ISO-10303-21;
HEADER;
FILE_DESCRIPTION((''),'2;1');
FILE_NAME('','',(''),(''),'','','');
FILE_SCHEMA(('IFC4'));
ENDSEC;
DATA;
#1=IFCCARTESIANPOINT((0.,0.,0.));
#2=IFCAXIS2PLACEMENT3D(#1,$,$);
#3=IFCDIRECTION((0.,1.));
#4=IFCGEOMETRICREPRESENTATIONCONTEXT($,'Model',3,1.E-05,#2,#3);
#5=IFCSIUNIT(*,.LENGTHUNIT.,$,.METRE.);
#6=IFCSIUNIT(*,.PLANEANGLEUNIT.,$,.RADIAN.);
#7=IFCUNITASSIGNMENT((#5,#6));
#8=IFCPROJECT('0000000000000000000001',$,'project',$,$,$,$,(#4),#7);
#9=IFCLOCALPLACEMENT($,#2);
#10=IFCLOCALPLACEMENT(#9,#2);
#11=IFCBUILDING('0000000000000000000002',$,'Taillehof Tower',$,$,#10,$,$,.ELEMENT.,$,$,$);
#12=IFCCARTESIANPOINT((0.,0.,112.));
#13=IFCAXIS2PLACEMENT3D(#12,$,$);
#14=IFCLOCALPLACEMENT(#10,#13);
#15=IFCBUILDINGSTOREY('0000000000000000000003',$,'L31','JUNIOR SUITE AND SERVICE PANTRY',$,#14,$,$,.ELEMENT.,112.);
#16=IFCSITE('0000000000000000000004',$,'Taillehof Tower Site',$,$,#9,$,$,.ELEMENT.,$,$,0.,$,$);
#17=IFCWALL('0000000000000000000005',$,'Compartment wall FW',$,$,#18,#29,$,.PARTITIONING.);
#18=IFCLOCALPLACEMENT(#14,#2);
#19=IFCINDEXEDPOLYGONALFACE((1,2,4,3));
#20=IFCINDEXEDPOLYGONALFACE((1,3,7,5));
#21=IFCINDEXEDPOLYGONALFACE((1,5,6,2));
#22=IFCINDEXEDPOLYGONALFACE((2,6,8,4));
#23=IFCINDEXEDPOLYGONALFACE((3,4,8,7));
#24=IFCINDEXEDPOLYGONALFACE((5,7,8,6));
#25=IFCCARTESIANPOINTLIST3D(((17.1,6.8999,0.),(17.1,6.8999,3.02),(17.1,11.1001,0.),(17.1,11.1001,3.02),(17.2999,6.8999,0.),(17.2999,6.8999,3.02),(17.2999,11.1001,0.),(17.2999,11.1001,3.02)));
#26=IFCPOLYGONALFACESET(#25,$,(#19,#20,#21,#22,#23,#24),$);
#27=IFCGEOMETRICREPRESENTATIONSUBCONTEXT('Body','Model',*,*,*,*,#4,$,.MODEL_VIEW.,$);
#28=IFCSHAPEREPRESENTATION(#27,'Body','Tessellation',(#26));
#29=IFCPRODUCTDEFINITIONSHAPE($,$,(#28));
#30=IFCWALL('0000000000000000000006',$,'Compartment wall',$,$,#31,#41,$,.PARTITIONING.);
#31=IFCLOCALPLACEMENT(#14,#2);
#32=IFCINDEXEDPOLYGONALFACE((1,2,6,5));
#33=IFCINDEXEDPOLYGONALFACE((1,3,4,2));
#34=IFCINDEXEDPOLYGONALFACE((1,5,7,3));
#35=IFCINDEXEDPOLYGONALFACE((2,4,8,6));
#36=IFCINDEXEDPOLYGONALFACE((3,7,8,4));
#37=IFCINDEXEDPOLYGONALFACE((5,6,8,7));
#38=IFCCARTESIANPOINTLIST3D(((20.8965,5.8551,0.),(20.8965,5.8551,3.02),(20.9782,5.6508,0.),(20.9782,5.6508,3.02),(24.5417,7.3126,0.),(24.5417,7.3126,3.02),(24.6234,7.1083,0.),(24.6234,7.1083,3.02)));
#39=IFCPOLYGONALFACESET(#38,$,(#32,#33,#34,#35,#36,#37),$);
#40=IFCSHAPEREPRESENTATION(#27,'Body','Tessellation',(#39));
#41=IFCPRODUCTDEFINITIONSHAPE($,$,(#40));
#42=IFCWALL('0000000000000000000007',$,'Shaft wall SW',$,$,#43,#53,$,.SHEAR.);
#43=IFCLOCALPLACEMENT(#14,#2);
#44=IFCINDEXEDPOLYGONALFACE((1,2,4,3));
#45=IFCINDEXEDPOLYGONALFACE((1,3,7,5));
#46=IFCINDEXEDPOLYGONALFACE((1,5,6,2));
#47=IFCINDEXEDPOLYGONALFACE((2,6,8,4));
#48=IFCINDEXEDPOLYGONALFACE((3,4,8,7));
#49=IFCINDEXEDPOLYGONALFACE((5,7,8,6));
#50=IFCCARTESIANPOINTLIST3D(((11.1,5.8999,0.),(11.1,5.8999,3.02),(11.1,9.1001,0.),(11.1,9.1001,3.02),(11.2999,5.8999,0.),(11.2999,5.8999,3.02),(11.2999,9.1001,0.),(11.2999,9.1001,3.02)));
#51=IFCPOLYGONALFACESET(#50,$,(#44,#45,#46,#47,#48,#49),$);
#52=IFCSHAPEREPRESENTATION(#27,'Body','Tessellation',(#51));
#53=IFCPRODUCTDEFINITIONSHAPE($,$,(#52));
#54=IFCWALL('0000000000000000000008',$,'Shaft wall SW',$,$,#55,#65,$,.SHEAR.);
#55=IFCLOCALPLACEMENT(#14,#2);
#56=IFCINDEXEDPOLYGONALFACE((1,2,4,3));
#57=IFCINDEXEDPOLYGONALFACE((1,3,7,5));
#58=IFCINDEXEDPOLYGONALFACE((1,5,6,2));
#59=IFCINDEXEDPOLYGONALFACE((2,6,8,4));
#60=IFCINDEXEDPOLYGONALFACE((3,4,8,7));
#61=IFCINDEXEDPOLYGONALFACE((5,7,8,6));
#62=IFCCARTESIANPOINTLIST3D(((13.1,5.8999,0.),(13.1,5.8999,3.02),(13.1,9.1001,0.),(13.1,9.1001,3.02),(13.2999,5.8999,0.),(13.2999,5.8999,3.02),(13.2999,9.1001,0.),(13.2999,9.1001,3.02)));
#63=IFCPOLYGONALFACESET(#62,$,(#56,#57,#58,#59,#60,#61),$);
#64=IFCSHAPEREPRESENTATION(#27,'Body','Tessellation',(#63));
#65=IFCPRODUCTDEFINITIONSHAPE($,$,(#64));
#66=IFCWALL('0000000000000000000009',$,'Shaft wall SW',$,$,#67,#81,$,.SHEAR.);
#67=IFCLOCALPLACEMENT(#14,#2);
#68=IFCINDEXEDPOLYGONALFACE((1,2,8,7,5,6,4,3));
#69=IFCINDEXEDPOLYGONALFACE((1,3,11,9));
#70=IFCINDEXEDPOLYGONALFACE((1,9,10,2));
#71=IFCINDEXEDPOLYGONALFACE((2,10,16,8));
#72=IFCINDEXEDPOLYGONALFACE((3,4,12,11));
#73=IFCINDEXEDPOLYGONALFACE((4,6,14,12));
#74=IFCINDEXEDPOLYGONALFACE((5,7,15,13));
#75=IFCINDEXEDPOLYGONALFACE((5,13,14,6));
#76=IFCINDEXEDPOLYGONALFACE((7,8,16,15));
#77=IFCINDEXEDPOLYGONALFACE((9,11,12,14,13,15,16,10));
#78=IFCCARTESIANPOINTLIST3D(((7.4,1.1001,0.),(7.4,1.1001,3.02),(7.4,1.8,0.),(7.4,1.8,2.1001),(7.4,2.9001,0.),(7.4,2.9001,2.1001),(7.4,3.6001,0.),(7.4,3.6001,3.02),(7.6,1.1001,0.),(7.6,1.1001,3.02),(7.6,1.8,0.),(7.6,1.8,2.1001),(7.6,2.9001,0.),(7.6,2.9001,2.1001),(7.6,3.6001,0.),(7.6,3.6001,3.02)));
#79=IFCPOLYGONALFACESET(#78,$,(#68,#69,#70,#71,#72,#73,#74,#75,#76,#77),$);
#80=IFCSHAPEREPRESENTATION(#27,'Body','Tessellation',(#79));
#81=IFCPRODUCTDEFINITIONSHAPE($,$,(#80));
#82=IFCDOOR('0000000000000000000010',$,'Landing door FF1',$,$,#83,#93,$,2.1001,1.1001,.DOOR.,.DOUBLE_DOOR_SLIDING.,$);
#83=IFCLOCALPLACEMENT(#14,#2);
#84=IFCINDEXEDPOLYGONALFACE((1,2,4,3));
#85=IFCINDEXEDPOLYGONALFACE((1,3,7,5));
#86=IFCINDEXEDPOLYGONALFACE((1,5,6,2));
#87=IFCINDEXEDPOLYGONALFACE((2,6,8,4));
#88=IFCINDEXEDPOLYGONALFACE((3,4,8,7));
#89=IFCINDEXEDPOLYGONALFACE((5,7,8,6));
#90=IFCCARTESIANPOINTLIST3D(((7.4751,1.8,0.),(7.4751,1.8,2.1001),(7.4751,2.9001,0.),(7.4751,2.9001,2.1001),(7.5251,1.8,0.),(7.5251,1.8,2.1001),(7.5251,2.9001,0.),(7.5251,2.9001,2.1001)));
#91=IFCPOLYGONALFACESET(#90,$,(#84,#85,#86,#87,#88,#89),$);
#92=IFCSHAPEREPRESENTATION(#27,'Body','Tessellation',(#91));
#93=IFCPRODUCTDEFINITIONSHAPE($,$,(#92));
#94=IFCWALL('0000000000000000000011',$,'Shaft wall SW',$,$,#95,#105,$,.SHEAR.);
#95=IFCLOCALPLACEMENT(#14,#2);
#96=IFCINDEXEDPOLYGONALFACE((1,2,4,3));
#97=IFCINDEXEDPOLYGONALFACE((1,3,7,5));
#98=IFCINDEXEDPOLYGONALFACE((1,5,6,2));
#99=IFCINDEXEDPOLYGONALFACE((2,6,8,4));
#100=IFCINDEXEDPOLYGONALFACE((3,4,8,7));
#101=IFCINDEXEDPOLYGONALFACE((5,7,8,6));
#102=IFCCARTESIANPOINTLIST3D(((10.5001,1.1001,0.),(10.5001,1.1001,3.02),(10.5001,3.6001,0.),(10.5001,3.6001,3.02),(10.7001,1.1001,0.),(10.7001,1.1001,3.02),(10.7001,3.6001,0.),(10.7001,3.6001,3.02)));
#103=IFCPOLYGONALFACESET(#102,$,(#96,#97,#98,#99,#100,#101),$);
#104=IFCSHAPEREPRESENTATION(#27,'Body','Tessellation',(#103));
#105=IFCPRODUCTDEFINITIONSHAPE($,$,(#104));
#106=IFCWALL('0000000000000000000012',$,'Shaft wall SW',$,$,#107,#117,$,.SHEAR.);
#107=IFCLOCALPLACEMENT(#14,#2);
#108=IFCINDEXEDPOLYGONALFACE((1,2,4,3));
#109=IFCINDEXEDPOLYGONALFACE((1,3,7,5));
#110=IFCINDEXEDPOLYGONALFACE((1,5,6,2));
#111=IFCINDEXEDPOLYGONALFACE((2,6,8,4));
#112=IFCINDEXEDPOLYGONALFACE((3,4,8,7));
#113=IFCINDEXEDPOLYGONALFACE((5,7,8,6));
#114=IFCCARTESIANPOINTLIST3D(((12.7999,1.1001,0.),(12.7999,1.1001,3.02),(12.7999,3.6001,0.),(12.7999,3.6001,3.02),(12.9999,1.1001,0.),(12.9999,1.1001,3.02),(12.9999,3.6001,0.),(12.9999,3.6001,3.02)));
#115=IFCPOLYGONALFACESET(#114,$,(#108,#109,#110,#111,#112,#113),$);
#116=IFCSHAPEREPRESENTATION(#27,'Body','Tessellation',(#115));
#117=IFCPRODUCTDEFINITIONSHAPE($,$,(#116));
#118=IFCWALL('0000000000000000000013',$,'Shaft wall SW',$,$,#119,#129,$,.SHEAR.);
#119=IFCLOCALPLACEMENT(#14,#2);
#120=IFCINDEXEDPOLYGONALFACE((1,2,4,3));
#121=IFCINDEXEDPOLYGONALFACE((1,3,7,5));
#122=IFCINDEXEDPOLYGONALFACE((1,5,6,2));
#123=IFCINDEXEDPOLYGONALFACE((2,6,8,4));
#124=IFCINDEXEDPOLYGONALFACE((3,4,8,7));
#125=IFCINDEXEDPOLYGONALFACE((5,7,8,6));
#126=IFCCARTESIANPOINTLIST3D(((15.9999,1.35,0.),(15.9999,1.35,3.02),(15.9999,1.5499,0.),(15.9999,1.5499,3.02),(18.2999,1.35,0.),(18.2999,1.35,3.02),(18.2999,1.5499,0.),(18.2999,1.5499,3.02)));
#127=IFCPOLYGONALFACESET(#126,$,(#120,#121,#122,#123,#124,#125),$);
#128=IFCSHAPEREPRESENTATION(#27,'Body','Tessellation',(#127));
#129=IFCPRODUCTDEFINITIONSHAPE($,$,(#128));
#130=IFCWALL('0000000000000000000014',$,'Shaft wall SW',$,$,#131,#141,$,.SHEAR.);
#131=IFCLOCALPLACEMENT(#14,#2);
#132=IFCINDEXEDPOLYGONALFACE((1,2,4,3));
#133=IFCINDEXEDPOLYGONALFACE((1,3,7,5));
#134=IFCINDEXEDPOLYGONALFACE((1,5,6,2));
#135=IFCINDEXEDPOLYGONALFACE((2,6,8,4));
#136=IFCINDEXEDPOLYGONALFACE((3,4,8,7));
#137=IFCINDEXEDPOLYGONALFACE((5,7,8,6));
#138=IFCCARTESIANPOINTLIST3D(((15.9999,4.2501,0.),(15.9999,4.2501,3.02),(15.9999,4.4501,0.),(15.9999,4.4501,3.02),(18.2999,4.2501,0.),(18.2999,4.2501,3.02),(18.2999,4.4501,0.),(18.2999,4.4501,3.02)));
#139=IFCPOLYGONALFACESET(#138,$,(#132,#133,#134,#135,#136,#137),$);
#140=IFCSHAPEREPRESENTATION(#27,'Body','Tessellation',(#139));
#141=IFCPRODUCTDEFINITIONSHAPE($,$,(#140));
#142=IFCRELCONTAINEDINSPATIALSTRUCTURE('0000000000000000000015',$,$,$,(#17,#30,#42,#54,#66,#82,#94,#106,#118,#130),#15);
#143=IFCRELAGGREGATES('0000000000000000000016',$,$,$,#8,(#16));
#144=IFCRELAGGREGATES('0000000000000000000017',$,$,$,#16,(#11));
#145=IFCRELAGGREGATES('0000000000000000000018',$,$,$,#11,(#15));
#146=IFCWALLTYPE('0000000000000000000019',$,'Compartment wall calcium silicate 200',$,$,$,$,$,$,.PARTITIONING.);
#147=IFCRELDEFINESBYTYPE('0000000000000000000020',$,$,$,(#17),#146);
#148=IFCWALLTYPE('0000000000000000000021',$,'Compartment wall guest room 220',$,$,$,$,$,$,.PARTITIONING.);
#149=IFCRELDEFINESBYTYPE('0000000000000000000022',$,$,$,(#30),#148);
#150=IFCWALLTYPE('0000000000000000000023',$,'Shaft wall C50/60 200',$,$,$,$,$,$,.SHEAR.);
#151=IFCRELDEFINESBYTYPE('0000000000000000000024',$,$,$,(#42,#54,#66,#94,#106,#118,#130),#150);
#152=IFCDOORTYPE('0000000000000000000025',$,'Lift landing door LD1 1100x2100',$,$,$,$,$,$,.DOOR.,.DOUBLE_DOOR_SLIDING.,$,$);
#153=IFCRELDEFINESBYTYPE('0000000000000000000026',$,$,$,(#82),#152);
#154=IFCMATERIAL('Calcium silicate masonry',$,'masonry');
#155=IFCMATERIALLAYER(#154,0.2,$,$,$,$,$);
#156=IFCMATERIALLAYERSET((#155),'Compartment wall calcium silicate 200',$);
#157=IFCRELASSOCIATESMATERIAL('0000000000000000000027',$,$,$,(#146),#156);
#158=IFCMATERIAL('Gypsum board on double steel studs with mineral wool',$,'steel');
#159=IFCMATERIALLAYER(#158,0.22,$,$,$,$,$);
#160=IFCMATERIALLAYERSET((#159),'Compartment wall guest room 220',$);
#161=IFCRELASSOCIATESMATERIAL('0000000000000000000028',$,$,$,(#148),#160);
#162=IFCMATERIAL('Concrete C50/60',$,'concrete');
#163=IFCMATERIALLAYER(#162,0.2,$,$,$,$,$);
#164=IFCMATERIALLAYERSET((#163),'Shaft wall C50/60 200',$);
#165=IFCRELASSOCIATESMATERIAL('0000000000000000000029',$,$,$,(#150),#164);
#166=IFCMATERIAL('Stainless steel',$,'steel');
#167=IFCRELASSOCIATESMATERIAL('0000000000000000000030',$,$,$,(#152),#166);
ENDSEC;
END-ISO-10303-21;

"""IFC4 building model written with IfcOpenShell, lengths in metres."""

from ifc_helpers import new_model, si_unit, direction, frame, frame_2d, origin, place, context, subcontext, project, spatial, rectangle, extrude, material, layer, layer_set, type_object, element, fill, save


model = new_model("IFC4")

# Units and contexts
model_context = context("Model", 3, precision=1e-05, world=origin(), true_north=direction((0.0, 1.0)))
body_context = subcontext(model_context, "Body", "Model", "MODEL_VIEW")
ifc_project = project(units=[si_unit("LENGTHUNIT", "METRE"), si_unit("PLANEANGLEUNIT", "RADIAN")], contexts=[model_context])

# Site, building, storey
site_placement = place(None, origin())
site = spatial("IfcSite", under=ifc_project, at=site_placement, Name="Taillehof Tower Site", CompositionType="ELEMENT", RefElevation=0.0)
building_placement = place(site_placement, origin())
building = spatial("IfcBuilding", under=site, at=building_placement, Name="Taillehof Tower", CompositionType="ELEMENT")
storey_placement = place(building_placement, frame((0.0, 0.0, 112.0)))
storey = spatial("IfcBuildingStorey", under=building, at=storey_placement, Name="L31", Description="JUNIOR SUITE AND SERVICE PANTRY", CompositionType="ELEMENT", Elevation=112.0)

# Shared definitions
ifc_material_1 = material(Name="Calcium silicate masonry", Category="masonry")
ifc_layer_1 = layer(ifc_material_1, 0.2)
ifc_layer_set_1 = layer_set([ifc_layer_1], Name="Compartment wall calcium silicate 200")
wall_type_1 = type_object("IfcWallType", Name="Compartment wall calcium silicate 200", PredefinedType="PARTITIONING", material=ifc_layer_set_1)

# Walls
wall_1_placement = place(storey_placement, frame((17.2, 6.8999, 0.0), z_axis=(0.0, 0.0, 1.0), x_axis=(0.0, 1.0, 0.0)))
element("IfcWall", 1, at=wall_1_placement, inside=storey, type_object=wall_type_1, Name="Compartment wall FW", PredefinedType="PARTITIONING", context=body_context, shape_type="SweptSolid", body=[
    extrude(rectangle(XDim=4.2002, YDim=0.2, at=frame_2d((2.1001, 0.0))), origin(), (0.0, 0.0, 1.0), 3.02),
])
ifc_material_2 = material(Name="Gypsum board on double steel studs with mineral wool", Category="steel")
ifc_layer_2 = layer(ifc_material_2, 0.22)
ifc_layer_set_2 = layer_set([ifc_layer_2], Name="Compartment wall guest room 220")
wall_type_2 = type_object("IfcWallType", Name="Compartment wall guest room 220", PredefinedType="PARTITIONING", material=ifc_layer_set_2)
wall_2_placement = place(storey_placement, frame((24.5825, 7.2104, 0.0), z_axis=(0.0, 0.0, 1.0), x_axis=(-0.928528, -0.371262, 0.0)))
element("IfcWall", 2, at=wall_2_placement, inside=storey, type_object=wall_type_2, Name="Compartment wall", PredefinedType="PARTITIONING", context=body_context, shape_type="SweptSolid", body=[
    extrude(rectangle(XDim=3.9258, YDim=0.22, at=frame_2d((1.9629, 0.0))), origin(), (0.0, 0.0, 1.0), 3.02),
])
ifc_material_3 = material(Name="Concrete C50/60", Category="concrete")
ifc_layer_3 = layer(ifc_material_3, 0.2)
ifc_layer_set_3 = layer_set([ifc_layer_3], Name="Shaft wall C50/60 200")
wall_type_3 = type_object("IfcWallType", Name="Shaft wall C50/60 200", PredefinedType="SHEAR", material=ifc_layer_set_3)
for number, where, z_axis, x_axis, name in (
    (3, (11.2, 5.8999, 0.0), (0.0, 0.0, 1.0), (0.0, 1.0, 0.0), "Shaft wall SW"),
    (4, (13.2, 5.8999, 0.0), (0.0, 0.0, 1.0), (0.0, 1.0, 0.0), "Shaft wall SW"),
):
    element("IfcWall", number, at=place(storey_placement, frame(where, z_axis=z_axis, x_axis=x_axis)), inside=storey, type_object=wall_type_3, Name=name, PredefinedType="SHEAR", context=body_context, shape_type="SweptSolid", body=[
        extrude(rectangle(XDim=3.2002, YDim=0.2, at=frame_2d((1.6001, 0.0))), origin(), (0.0, 0.0, 1.0), 3.02),
    ])

# Wall, opening, door
wall_3_placement = place(storey_placement, frame((7.5, 1.1001, 0.0), z_axis=(0.0, 0.0, 1.0), x_axis=(0.0, 1.0, 0.0)))
wall_3 = element("IfcWall", 5, at=wall_3_placement, inside=storey, type_object=wall_type_3, Name="Shaft wall SW", PredefinedType="SHEAR", context=body_context, shape_type="SweptSolid", body=[
    extrude(rectangle(XDim=2.5, YDim=0.2, at=frame_2d((1.25, 0.0))), origin(), (0.0, 0.0, 1.0), 3.02),
])
opening_1_placement = place(wall_3_placement, frame((0.7, 0.0, 0.0)))
opening_1 = element("IfcOpeningElement", 6, at=opening_1_placement, cuts=wall_3, PredefinedType="OPENING", context=body_context, shape_type="SweptSolid", body=[
    extrude(rectangle(XDim=1.1001, YDim=2.1001, at=frame_2d((0.55, 1.05))), frame((0.0, 0.1099, 0.0), z_axis=(0.0, -1.0, 0.0), x_axis=(1.0, 0.0, 0.0)), (0.0, 0.0, 1.0), 0.22),
])
ifc_material_4 = material(Name="Stainless steel", Category="steel")
door_type_1 = type_object("IfcDoorType", Name="Lift landing door LD1 1100x2100", OperationType="DOUBLE_DOOR_SLIDING", PredefinedType="DOOR", material=ifc_material_4)
door_1_placement = place(opening_1_placement, origin())
door_1 = element("IfcDoor", 7, at=door_1_placement, inside=storey, type_object=door_type_1, Name="Landing door FF1", OperationType="DOUBLE_DOOR_SLIDING", OverallHeight=2.1001, OverallWidth=1.1001, PredefinedType="DOOR", context=body_context, shape_type="SweptSolid", body=[
    extrude(rectangle(XDim=1.1001, YDim=2.1001, at=frame_2d((0.55, 1.05))), frame((0.0, 0.0249, 0.0), z_axis=(0.0, -1.0, 0.0), x_axis=(1.0, 0.0, 0.0)), (0.0, 0.0, 1.0), 0.05),
])
fill(opening_1, door_1)

# Walls
for number, where, z_axis, x_axis, name in (
    (8, (10.6001, 1.1001, 0.0), (0.0, 0.0, 1.0), (0.0, 1.0, 0.0), "Shaft wall SW"),
    (9, (12.8999, 1.1001, 0.0), (0.0, 0.0, 1.0), (0.0, 1.0, 0.0), "Shaft wall SW"),
):
    element("IfcWall", number, at=place(storey_placement, frame(where, z_axis=z_axis, x_axis=x_axis)), inside=storey, type_object=wall_type_3, Name=name, PredefinedType="SHEAR", context=body_context, shape_type="SweptSolid", body=[
        extrude(rectangle(XDim=2.5, YDim=0.2, at=frame_2d((1.25, 0.0))), origin(), (0.0, 0.0, 1.0), 3.02),
    ])
for number, where, z_axis, x_axis, name in (
    (10, (16.0, 1.45, 0.0), (0.0, 0.0, 1.0), (1.0, 0.0, 0.0), "Shaft wall SW"),
    (11, (16.0, 4.3501, 0.0), (0.0, 0.0, 1.0), (1.0, 0.0, 0.0), "Shaft wall SW"),
):
    element("IfcWall", number, at=place(storey_placement, frame(where, z_axis=z_axis, x_axis=x_axis)), inside=storey, type_object=wall_type_3, Name=name, PredefinedType="SHEAR", context=body_context, shape_type="SweptSolid", body=[
        extrude(rectangle(XDim=2.3, YDim=0.2, at=frame_2d((1.1499, 0.0))), origin(), (0.0, 0.0, 1.0), 3.02),
    ])

save(model, "model.ifc")
